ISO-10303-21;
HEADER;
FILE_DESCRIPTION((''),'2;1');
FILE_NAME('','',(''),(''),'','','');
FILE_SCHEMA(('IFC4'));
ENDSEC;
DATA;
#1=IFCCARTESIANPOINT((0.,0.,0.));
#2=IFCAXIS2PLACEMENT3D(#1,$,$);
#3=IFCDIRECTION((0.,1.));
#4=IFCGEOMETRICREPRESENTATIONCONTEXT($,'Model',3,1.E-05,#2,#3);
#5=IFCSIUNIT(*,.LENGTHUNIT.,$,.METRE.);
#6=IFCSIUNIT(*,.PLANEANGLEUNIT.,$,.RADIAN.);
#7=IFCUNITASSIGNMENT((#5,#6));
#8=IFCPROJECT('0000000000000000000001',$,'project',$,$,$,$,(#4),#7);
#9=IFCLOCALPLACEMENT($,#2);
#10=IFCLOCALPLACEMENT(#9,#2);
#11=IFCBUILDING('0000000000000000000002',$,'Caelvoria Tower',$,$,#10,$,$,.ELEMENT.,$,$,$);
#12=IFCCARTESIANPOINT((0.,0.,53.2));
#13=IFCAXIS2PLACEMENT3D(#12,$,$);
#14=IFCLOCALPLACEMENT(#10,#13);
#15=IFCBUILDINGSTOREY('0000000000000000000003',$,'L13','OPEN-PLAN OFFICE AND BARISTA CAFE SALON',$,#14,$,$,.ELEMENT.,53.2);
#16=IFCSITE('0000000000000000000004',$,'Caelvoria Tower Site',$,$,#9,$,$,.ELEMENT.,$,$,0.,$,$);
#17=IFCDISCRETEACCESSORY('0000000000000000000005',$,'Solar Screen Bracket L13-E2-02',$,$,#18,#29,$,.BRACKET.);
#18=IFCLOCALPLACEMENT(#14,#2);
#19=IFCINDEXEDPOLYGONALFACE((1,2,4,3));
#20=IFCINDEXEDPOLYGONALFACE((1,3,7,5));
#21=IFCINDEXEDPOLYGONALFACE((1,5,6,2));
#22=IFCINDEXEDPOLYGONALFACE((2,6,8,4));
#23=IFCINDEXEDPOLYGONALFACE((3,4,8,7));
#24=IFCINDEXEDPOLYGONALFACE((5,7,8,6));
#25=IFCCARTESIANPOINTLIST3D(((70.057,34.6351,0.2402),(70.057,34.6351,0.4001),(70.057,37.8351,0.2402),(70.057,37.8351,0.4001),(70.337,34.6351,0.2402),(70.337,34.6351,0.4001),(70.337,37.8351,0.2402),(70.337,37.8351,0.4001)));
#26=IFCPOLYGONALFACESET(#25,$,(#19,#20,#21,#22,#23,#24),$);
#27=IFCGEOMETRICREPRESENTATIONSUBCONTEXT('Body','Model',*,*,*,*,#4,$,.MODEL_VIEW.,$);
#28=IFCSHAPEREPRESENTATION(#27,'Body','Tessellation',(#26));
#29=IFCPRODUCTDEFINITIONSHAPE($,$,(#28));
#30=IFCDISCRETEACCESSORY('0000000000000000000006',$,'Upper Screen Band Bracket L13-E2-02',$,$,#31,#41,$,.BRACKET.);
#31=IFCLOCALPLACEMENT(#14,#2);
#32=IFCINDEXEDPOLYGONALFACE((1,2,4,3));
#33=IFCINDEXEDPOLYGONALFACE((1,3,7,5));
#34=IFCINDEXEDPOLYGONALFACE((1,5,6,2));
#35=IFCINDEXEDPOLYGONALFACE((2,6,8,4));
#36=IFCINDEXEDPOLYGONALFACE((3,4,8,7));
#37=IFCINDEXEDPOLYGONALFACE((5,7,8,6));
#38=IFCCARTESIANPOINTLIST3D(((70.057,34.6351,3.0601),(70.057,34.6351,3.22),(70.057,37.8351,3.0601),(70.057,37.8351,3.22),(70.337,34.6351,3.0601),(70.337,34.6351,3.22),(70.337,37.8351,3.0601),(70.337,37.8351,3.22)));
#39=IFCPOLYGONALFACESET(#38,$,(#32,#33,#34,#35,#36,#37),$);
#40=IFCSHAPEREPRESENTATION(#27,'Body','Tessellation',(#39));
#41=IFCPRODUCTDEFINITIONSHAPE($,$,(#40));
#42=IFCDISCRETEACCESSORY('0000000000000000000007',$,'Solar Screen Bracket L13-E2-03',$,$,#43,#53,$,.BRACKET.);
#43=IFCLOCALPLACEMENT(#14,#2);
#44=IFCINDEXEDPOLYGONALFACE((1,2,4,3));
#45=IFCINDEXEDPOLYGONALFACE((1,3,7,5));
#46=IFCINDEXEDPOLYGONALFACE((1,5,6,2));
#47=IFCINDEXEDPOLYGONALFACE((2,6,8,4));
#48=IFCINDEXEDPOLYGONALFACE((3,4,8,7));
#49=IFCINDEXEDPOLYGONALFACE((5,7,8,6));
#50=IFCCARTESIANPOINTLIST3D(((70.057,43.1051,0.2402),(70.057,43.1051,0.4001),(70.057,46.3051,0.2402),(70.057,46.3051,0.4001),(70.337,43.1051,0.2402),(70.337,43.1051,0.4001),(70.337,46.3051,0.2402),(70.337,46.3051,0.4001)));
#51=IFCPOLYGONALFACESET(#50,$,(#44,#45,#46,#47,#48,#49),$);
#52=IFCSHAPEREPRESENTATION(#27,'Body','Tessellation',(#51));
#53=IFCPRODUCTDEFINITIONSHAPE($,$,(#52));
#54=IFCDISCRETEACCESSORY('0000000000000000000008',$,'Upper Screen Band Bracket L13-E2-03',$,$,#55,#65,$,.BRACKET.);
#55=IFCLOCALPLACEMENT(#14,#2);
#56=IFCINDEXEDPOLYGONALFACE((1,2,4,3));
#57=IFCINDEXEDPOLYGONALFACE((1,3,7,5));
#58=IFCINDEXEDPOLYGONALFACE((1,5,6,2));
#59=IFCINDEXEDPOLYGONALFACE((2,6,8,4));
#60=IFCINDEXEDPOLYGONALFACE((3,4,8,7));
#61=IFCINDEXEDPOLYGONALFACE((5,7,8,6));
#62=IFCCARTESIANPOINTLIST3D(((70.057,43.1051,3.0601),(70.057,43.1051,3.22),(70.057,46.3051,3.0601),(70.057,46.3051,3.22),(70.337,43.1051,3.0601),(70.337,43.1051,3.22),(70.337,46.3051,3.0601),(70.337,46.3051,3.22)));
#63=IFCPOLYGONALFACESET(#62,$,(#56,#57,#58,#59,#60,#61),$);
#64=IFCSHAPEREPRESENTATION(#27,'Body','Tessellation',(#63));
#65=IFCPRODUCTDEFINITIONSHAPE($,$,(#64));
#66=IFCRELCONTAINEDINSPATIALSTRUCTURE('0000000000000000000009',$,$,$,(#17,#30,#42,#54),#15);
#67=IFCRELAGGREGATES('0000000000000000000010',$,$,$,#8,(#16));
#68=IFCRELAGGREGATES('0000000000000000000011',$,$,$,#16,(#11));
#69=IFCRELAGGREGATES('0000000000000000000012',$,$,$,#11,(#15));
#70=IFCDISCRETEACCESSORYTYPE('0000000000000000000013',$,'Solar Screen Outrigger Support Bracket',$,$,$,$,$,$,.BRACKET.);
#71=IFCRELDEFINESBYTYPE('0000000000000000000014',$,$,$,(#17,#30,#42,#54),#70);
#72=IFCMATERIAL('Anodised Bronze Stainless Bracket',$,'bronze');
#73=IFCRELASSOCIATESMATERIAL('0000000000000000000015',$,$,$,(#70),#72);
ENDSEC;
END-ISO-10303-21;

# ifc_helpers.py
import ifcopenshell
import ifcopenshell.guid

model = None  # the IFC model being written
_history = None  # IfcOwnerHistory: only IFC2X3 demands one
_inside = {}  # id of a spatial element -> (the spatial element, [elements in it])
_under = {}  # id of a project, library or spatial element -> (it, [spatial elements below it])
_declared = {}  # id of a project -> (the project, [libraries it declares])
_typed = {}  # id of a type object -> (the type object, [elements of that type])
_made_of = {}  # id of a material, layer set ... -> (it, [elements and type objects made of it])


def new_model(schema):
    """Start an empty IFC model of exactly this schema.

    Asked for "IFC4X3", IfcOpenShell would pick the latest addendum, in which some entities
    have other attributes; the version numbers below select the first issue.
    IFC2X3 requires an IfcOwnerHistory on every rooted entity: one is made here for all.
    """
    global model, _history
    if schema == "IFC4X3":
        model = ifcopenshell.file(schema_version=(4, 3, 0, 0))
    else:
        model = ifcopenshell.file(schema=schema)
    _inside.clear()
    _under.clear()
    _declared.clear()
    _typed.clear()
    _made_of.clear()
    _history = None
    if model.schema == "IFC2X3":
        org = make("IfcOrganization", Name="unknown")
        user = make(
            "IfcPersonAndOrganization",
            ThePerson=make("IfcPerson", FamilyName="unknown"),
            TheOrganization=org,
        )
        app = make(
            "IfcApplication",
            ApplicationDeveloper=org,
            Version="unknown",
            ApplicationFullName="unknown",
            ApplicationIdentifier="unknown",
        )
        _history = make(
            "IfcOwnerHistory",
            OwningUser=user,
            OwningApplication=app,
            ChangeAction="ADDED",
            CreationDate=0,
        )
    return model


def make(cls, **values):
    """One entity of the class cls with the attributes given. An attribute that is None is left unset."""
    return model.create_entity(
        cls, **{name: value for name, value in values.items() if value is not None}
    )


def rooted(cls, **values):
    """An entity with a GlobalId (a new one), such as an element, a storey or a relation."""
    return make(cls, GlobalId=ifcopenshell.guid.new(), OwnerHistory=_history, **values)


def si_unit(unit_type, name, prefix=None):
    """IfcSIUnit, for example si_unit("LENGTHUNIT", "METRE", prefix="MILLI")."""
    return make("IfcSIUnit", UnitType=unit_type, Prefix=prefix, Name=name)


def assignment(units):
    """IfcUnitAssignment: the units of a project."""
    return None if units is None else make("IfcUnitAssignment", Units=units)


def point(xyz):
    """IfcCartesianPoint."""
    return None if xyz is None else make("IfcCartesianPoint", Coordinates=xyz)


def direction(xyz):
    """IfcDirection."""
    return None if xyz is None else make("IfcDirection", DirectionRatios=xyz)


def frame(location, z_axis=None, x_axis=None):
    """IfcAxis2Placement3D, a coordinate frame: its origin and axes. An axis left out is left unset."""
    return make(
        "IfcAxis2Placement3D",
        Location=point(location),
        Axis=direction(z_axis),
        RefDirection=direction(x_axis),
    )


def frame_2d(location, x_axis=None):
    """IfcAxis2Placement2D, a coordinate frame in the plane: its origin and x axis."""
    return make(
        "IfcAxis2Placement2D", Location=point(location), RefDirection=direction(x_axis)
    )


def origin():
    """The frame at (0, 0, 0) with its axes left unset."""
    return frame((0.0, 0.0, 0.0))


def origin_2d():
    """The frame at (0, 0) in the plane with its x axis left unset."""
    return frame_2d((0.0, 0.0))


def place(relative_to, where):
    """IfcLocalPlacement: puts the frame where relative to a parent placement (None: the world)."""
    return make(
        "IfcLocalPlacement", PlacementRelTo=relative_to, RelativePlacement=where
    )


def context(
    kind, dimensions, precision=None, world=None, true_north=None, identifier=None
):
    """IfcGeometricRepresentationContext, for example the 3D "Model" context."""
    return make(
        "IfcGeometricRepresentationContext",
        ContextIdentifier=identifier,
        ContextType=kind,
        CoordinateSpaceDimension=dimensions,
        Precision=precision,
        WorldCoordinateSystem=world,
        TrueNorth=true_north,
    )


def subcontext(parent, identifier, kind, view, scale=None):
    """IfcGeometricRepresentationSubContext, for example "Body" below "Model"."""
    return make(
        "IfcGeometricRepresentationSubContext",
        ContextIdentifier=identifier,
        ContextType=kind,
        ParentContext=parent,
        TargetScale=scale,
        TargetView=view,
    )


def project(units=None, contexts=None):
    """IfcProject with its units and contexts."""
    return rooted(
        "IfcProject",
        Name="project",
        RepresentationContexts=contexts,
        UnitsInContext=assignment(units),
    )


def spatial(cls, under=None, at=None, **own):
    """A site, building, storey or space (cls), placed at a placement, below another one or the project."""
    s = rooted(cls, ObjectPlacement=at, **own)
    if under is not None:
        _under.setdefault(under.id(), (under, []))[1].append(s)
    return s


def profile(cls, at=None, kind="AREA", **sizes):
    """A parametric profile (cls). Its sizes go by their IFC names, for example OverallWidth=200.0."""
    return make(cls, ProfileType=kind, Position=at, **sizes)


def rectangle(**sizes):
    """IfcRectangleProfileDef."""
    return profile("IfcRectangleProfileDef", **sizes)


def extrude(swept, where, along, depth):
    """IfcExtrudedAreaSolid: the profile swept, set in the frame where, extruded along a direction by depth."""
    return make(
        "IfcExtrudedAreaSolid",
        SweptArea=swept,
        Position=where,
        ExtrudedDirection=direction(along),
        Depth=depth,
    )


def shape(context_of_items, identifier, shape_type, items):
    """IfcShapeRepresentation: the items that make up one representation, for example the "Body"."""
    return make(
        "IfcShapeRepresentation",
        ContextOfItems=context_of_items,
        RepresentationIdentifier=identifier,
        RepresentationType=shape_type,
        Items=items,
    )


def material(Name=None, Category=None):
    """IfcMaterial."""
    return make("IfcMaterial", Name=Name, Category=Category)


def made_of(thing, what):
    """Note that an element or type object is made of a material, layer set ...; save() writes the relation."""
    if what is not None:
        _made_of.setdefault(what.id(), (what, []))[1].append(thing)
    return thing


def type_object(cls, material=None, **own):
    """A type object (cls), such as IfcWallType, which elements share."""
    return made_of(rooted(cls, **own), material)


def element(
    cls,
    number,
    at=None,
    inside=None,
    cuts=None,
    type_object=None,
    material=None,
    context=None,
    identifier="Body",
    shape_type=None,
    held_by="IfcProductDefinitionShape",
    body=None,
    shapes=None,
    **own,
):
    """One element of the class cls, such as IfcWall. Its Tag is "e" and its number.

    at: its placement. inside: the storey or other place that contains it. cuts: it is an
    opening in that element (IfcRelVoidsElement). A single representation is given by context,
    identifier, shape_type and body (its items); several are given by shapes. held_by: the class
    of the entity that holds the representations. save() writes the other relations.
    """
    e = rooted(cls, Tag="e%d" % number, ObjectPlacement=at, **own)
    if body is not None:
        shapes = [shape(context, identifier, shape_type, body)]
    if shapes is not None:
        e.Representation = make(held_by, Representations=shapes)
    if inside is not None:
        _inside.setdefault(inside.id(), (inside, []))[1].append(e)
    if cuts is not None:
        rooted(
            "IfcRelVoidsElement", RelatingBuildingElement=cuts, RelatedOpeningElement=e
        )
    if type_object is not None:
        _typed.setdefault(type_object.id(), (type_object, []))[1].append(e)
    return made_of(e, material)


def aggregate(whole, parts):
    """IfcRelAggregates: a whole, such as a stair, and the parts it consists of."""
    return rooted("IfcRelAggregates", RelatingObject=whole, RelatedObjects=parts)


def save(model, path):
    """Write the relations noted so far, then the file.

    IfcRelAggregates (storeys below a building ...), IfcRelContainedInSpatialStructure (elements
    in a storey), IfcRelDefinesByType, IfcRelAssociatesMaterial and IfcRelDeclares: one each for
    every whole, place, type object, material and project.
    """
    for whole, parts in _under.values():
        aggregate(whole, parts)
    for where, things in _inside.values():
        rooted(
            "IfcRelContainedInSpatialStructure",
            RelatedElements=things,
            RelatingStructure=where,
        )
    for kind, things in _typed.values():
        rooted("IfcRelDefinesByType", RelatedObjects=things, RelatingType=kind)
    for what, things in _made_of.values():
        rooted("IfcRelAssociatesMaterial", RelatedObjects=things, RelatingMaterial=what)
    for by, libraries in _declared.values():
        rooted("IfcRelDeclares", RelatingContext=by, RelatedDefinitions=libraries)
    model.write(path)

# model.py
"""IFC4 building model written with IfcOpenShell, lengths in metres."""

from ifc_helpers import new_model, si_unit, direction, frame, origin, origin_2d, place, context, subcontext, project, spatial, rectangle, extrude, material, type_object, element, save


model = new_model("IFC4")

# Units and contexts
model_context = context("Model", 3, precision=1e-05, world=origin(), true_north=direction((0.0, 1.0)))
body_context = subcontext(model_context, "Body", "Model", "MODEL_VIEW")
ifc_project = project(units=[si_unit("LENGTHUNIT", "METRE"), si_unit("PLANEANGLEUNIT", "RADIAN")], contexts=[model_context])

# Site, building, storey
site_placement = place(None, origin())
site = spatial("IfcSite", under=ifc_project, at=site_placement, Name="Caelvoria Tower Site", CompositionType="ELEMENT", RefElevation=0.0)
building_placement = place(site_placement, origin())
building = spatial("IfcBuilding", under=site, at=building_placement, Name="Caelvoria Tower", CompositionType="ELEMENT")
storey_placement = place(building_placement, frame((0.0, 0.0, 53.2)))
storey = spatial("IfcBuildingStorey", under=building, at=storey_placement, Name="L13", Description="OPEN-PLAN OFFICE AND BARISTA CAFE SALON", CompositionType="ELEMENT", Elevation=53.2)

# Discrete accessories
ifc_material_1 = material(Name="Anodised Bronze Stainless Bracket", Category="bronze")
discrete_accessory_type = type_object("IfcDiscreteAccessoryType", Name="Solar Screen Outrigger Support Bracket", PredefinedType="BRACKET", material=ifc_material_1)
for number, where, z_axis, x_axis, name in (
    (1, (70.197, 36.2351, 0.2402), (0.0, 0.0, 1.0), (0.0, 1.0, 0.0), "Solar Screen Bracket L13-E2-02"),
    (2, (70.197, 36.2351, 3.0601), (0.0, 0.0, 1.0), (0.0, 1.0, 0.0), "Upper Screen Band Bracket L13-E2-02"),
    (3, (70.197, 44.7051, 0.2402), (0.0, 0.0, 1.0), (0.0, 1.0, 0.0), "Solar Screen Bracket L13-E2-03"),
    (4, (70.197, 44.7051, 3.0601), (0.0, 0.0, 1.0), (0.0, 1.0, 0.0), "Upper Screen Band Bracket L13-E2-03"),
):
    element("IfcDiscreteAccessory", number, at=place(storey_placement, frame(where, z_axis=z_axis, x_axis=x_axis)), inside=storey, type_object=discrete_accessory_type, Name=name, PredefinedType="BRACKET", context=body_context, shape_type="SweptSolid", body=[
        extrude(rectangle(XDim=3.2, YDim=0.28, at=origin_2d()), origin(), (0.0, 0.0, 1.0), 0.1599),
    ])

save(model, "model.ifc")
